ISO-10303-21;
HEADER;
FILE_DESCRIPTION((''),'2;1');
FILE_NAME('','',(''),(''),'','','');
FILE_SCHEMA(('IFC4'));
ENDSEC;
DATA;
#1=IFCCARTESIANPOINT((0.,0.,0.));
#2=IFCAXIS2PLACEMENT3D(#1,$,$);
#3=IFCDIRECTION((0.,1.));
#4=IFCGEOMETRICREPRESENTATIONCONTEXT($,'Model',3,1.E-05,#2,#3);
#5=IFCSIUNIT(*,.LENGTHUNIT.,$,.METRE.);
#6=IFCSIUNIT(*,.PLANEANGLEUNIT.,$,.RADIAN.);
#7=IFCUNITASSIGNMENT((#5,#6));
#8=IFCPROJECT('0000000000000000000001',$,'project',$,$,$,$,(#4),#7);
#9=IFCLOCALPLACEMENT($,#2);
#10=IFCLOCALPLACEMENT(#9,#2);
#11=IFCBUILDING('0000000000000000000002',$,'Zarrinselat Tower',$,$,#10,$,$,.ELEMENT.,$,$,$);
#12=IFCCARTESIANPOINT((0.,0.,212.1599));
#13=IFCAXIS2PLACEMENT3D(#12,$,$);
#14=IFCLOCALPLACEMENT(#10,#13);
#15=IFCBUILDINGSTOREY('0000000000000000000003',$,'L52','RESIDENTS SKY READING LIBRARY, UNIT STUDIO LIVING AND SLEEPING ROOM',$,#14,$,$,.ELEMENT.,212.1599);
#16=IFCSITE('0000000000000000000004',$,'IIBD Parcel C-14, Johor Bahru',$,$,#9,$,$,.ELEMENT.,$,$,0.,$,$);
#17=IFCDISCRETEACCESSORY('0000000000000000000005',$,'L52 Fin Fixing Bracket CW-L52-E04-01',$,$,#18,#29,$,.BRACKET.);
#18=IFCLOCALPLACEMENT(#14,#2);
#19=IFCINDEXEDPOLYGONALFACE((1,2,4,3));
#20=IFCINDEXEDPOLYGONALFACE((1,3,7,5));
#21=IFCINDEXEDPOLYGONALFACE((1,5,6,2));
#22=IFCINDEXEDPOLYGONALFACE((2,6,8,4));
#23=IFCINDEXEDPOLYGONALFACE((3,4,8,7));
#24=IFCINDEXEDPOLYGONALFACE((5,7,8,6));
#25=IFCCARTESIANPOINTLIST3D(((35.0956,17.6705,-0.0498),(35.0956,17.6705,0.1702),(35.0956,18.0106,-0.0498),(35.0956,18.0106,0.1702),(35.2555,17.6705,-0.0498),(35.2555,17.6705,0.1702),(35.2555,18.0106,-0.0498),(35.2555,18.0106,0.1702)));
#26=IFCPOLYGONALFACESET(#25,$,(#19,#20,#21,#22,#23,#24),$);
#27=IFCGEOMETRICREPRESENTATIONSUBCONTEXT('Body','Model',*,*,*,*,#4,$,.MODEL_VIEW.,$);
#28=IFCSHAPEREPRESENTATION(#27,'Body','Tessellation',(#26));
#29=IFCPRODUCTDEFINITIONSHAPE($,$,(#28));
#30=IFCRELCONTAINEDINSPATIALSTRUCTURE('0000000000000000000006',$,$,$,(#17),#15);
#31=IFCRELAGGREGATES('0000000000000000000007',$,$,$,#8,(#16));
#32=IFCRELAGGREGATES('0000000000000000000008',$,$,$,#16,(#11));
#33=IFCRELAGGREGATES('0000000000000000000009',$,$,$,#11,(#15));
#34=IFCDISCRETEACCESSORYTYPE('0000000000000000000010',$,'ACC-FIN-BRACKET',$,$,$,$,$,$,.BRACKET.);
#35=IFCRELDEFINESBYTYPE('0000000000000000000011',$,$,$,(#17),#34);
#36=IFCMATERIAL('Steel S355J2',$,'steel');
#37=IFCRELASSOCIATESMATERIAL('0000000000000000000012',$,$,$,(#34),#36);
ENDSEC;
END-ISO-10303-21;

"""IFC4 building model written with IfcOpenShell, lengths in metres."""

from ifc_helpers import new_model, si_unit, direction, frame, origin, origin_2d, place, context, subcontext, project, spatial, rectangle, extrude, material, type_object, element, save


model = new_model("IFC4")

# Units and contexts
model_context = context("Model", 3, precision=1e-05, world=origin(), true_north=direction((0.0, 1.0)))
body_context = subcontext(model_context, "Body", "Model", "MODEL_VIEW")
ifc_project = project(units=[si_unit("LENGTHUNIT", "METRE"), si_unit("PLANEANGLEUNIT", "RADIAN")], contexts=[model_context])

# Site, building, storey
site_placement = place(None, origin())
site = spatial("IfcSite", under=ifc_project, at=site_placement, Name="IIBD Parcel C-14, Johor Bahru", CompositionType="ELEMENT", RefElevation=0.0)
building_placement = place(site_placement, origin())
building = spatial("IfcBuilding", under=site, at=building_placement, Name="Zarrinselat Tower", CompositionType="ELEMENT")
storey_placement = place(building_placement, frame((0.0, 0.0, 212.1599)))
storey = spatial("IfcBuildingStorey", under=building, at=storey_placement, Name="L52", Description="RESIDENTS SKY READING LIBRARY, UNIT STUDIO LIVING AND SLEEPING ROOM", CompositionType="ELEMENT", Elevation=212.1599)

# Discrete accessory
ifc_material_1 = material(Name="Steel S355J2", Category="steel")
discrete_accessory_type = type_object("IfcDiscreteAccessoryType", Name="ACC-FIN-BRACKET", PredefinedType="BRACKET", material=ifc_material_1)
discrete_accessory_placement = place(storey_placement, frame((35.1755, 17.8406, -0.0498), z_axis=(0.0, 0.0, 1.0), x_axis=(0.0, -1.0, 0.0)))
element("IfcDiscreteAccessory", 1, at=discrete_accessory_placement, inside=storey, type_object=discrete_accessory_type, Name="L52 Fin Fixing Bracket CW-L52-E04-01", PredefinedType="BRACKET", context=body_context, shape_type="SweptSolid", body=[
    extrude(rectangle(XDim=0.3401, YDim=0.1599, at=origin_2d()), origin(), (0.0, 0.0, 1.0), 0.22),
])

save(model, "model.ifc")
